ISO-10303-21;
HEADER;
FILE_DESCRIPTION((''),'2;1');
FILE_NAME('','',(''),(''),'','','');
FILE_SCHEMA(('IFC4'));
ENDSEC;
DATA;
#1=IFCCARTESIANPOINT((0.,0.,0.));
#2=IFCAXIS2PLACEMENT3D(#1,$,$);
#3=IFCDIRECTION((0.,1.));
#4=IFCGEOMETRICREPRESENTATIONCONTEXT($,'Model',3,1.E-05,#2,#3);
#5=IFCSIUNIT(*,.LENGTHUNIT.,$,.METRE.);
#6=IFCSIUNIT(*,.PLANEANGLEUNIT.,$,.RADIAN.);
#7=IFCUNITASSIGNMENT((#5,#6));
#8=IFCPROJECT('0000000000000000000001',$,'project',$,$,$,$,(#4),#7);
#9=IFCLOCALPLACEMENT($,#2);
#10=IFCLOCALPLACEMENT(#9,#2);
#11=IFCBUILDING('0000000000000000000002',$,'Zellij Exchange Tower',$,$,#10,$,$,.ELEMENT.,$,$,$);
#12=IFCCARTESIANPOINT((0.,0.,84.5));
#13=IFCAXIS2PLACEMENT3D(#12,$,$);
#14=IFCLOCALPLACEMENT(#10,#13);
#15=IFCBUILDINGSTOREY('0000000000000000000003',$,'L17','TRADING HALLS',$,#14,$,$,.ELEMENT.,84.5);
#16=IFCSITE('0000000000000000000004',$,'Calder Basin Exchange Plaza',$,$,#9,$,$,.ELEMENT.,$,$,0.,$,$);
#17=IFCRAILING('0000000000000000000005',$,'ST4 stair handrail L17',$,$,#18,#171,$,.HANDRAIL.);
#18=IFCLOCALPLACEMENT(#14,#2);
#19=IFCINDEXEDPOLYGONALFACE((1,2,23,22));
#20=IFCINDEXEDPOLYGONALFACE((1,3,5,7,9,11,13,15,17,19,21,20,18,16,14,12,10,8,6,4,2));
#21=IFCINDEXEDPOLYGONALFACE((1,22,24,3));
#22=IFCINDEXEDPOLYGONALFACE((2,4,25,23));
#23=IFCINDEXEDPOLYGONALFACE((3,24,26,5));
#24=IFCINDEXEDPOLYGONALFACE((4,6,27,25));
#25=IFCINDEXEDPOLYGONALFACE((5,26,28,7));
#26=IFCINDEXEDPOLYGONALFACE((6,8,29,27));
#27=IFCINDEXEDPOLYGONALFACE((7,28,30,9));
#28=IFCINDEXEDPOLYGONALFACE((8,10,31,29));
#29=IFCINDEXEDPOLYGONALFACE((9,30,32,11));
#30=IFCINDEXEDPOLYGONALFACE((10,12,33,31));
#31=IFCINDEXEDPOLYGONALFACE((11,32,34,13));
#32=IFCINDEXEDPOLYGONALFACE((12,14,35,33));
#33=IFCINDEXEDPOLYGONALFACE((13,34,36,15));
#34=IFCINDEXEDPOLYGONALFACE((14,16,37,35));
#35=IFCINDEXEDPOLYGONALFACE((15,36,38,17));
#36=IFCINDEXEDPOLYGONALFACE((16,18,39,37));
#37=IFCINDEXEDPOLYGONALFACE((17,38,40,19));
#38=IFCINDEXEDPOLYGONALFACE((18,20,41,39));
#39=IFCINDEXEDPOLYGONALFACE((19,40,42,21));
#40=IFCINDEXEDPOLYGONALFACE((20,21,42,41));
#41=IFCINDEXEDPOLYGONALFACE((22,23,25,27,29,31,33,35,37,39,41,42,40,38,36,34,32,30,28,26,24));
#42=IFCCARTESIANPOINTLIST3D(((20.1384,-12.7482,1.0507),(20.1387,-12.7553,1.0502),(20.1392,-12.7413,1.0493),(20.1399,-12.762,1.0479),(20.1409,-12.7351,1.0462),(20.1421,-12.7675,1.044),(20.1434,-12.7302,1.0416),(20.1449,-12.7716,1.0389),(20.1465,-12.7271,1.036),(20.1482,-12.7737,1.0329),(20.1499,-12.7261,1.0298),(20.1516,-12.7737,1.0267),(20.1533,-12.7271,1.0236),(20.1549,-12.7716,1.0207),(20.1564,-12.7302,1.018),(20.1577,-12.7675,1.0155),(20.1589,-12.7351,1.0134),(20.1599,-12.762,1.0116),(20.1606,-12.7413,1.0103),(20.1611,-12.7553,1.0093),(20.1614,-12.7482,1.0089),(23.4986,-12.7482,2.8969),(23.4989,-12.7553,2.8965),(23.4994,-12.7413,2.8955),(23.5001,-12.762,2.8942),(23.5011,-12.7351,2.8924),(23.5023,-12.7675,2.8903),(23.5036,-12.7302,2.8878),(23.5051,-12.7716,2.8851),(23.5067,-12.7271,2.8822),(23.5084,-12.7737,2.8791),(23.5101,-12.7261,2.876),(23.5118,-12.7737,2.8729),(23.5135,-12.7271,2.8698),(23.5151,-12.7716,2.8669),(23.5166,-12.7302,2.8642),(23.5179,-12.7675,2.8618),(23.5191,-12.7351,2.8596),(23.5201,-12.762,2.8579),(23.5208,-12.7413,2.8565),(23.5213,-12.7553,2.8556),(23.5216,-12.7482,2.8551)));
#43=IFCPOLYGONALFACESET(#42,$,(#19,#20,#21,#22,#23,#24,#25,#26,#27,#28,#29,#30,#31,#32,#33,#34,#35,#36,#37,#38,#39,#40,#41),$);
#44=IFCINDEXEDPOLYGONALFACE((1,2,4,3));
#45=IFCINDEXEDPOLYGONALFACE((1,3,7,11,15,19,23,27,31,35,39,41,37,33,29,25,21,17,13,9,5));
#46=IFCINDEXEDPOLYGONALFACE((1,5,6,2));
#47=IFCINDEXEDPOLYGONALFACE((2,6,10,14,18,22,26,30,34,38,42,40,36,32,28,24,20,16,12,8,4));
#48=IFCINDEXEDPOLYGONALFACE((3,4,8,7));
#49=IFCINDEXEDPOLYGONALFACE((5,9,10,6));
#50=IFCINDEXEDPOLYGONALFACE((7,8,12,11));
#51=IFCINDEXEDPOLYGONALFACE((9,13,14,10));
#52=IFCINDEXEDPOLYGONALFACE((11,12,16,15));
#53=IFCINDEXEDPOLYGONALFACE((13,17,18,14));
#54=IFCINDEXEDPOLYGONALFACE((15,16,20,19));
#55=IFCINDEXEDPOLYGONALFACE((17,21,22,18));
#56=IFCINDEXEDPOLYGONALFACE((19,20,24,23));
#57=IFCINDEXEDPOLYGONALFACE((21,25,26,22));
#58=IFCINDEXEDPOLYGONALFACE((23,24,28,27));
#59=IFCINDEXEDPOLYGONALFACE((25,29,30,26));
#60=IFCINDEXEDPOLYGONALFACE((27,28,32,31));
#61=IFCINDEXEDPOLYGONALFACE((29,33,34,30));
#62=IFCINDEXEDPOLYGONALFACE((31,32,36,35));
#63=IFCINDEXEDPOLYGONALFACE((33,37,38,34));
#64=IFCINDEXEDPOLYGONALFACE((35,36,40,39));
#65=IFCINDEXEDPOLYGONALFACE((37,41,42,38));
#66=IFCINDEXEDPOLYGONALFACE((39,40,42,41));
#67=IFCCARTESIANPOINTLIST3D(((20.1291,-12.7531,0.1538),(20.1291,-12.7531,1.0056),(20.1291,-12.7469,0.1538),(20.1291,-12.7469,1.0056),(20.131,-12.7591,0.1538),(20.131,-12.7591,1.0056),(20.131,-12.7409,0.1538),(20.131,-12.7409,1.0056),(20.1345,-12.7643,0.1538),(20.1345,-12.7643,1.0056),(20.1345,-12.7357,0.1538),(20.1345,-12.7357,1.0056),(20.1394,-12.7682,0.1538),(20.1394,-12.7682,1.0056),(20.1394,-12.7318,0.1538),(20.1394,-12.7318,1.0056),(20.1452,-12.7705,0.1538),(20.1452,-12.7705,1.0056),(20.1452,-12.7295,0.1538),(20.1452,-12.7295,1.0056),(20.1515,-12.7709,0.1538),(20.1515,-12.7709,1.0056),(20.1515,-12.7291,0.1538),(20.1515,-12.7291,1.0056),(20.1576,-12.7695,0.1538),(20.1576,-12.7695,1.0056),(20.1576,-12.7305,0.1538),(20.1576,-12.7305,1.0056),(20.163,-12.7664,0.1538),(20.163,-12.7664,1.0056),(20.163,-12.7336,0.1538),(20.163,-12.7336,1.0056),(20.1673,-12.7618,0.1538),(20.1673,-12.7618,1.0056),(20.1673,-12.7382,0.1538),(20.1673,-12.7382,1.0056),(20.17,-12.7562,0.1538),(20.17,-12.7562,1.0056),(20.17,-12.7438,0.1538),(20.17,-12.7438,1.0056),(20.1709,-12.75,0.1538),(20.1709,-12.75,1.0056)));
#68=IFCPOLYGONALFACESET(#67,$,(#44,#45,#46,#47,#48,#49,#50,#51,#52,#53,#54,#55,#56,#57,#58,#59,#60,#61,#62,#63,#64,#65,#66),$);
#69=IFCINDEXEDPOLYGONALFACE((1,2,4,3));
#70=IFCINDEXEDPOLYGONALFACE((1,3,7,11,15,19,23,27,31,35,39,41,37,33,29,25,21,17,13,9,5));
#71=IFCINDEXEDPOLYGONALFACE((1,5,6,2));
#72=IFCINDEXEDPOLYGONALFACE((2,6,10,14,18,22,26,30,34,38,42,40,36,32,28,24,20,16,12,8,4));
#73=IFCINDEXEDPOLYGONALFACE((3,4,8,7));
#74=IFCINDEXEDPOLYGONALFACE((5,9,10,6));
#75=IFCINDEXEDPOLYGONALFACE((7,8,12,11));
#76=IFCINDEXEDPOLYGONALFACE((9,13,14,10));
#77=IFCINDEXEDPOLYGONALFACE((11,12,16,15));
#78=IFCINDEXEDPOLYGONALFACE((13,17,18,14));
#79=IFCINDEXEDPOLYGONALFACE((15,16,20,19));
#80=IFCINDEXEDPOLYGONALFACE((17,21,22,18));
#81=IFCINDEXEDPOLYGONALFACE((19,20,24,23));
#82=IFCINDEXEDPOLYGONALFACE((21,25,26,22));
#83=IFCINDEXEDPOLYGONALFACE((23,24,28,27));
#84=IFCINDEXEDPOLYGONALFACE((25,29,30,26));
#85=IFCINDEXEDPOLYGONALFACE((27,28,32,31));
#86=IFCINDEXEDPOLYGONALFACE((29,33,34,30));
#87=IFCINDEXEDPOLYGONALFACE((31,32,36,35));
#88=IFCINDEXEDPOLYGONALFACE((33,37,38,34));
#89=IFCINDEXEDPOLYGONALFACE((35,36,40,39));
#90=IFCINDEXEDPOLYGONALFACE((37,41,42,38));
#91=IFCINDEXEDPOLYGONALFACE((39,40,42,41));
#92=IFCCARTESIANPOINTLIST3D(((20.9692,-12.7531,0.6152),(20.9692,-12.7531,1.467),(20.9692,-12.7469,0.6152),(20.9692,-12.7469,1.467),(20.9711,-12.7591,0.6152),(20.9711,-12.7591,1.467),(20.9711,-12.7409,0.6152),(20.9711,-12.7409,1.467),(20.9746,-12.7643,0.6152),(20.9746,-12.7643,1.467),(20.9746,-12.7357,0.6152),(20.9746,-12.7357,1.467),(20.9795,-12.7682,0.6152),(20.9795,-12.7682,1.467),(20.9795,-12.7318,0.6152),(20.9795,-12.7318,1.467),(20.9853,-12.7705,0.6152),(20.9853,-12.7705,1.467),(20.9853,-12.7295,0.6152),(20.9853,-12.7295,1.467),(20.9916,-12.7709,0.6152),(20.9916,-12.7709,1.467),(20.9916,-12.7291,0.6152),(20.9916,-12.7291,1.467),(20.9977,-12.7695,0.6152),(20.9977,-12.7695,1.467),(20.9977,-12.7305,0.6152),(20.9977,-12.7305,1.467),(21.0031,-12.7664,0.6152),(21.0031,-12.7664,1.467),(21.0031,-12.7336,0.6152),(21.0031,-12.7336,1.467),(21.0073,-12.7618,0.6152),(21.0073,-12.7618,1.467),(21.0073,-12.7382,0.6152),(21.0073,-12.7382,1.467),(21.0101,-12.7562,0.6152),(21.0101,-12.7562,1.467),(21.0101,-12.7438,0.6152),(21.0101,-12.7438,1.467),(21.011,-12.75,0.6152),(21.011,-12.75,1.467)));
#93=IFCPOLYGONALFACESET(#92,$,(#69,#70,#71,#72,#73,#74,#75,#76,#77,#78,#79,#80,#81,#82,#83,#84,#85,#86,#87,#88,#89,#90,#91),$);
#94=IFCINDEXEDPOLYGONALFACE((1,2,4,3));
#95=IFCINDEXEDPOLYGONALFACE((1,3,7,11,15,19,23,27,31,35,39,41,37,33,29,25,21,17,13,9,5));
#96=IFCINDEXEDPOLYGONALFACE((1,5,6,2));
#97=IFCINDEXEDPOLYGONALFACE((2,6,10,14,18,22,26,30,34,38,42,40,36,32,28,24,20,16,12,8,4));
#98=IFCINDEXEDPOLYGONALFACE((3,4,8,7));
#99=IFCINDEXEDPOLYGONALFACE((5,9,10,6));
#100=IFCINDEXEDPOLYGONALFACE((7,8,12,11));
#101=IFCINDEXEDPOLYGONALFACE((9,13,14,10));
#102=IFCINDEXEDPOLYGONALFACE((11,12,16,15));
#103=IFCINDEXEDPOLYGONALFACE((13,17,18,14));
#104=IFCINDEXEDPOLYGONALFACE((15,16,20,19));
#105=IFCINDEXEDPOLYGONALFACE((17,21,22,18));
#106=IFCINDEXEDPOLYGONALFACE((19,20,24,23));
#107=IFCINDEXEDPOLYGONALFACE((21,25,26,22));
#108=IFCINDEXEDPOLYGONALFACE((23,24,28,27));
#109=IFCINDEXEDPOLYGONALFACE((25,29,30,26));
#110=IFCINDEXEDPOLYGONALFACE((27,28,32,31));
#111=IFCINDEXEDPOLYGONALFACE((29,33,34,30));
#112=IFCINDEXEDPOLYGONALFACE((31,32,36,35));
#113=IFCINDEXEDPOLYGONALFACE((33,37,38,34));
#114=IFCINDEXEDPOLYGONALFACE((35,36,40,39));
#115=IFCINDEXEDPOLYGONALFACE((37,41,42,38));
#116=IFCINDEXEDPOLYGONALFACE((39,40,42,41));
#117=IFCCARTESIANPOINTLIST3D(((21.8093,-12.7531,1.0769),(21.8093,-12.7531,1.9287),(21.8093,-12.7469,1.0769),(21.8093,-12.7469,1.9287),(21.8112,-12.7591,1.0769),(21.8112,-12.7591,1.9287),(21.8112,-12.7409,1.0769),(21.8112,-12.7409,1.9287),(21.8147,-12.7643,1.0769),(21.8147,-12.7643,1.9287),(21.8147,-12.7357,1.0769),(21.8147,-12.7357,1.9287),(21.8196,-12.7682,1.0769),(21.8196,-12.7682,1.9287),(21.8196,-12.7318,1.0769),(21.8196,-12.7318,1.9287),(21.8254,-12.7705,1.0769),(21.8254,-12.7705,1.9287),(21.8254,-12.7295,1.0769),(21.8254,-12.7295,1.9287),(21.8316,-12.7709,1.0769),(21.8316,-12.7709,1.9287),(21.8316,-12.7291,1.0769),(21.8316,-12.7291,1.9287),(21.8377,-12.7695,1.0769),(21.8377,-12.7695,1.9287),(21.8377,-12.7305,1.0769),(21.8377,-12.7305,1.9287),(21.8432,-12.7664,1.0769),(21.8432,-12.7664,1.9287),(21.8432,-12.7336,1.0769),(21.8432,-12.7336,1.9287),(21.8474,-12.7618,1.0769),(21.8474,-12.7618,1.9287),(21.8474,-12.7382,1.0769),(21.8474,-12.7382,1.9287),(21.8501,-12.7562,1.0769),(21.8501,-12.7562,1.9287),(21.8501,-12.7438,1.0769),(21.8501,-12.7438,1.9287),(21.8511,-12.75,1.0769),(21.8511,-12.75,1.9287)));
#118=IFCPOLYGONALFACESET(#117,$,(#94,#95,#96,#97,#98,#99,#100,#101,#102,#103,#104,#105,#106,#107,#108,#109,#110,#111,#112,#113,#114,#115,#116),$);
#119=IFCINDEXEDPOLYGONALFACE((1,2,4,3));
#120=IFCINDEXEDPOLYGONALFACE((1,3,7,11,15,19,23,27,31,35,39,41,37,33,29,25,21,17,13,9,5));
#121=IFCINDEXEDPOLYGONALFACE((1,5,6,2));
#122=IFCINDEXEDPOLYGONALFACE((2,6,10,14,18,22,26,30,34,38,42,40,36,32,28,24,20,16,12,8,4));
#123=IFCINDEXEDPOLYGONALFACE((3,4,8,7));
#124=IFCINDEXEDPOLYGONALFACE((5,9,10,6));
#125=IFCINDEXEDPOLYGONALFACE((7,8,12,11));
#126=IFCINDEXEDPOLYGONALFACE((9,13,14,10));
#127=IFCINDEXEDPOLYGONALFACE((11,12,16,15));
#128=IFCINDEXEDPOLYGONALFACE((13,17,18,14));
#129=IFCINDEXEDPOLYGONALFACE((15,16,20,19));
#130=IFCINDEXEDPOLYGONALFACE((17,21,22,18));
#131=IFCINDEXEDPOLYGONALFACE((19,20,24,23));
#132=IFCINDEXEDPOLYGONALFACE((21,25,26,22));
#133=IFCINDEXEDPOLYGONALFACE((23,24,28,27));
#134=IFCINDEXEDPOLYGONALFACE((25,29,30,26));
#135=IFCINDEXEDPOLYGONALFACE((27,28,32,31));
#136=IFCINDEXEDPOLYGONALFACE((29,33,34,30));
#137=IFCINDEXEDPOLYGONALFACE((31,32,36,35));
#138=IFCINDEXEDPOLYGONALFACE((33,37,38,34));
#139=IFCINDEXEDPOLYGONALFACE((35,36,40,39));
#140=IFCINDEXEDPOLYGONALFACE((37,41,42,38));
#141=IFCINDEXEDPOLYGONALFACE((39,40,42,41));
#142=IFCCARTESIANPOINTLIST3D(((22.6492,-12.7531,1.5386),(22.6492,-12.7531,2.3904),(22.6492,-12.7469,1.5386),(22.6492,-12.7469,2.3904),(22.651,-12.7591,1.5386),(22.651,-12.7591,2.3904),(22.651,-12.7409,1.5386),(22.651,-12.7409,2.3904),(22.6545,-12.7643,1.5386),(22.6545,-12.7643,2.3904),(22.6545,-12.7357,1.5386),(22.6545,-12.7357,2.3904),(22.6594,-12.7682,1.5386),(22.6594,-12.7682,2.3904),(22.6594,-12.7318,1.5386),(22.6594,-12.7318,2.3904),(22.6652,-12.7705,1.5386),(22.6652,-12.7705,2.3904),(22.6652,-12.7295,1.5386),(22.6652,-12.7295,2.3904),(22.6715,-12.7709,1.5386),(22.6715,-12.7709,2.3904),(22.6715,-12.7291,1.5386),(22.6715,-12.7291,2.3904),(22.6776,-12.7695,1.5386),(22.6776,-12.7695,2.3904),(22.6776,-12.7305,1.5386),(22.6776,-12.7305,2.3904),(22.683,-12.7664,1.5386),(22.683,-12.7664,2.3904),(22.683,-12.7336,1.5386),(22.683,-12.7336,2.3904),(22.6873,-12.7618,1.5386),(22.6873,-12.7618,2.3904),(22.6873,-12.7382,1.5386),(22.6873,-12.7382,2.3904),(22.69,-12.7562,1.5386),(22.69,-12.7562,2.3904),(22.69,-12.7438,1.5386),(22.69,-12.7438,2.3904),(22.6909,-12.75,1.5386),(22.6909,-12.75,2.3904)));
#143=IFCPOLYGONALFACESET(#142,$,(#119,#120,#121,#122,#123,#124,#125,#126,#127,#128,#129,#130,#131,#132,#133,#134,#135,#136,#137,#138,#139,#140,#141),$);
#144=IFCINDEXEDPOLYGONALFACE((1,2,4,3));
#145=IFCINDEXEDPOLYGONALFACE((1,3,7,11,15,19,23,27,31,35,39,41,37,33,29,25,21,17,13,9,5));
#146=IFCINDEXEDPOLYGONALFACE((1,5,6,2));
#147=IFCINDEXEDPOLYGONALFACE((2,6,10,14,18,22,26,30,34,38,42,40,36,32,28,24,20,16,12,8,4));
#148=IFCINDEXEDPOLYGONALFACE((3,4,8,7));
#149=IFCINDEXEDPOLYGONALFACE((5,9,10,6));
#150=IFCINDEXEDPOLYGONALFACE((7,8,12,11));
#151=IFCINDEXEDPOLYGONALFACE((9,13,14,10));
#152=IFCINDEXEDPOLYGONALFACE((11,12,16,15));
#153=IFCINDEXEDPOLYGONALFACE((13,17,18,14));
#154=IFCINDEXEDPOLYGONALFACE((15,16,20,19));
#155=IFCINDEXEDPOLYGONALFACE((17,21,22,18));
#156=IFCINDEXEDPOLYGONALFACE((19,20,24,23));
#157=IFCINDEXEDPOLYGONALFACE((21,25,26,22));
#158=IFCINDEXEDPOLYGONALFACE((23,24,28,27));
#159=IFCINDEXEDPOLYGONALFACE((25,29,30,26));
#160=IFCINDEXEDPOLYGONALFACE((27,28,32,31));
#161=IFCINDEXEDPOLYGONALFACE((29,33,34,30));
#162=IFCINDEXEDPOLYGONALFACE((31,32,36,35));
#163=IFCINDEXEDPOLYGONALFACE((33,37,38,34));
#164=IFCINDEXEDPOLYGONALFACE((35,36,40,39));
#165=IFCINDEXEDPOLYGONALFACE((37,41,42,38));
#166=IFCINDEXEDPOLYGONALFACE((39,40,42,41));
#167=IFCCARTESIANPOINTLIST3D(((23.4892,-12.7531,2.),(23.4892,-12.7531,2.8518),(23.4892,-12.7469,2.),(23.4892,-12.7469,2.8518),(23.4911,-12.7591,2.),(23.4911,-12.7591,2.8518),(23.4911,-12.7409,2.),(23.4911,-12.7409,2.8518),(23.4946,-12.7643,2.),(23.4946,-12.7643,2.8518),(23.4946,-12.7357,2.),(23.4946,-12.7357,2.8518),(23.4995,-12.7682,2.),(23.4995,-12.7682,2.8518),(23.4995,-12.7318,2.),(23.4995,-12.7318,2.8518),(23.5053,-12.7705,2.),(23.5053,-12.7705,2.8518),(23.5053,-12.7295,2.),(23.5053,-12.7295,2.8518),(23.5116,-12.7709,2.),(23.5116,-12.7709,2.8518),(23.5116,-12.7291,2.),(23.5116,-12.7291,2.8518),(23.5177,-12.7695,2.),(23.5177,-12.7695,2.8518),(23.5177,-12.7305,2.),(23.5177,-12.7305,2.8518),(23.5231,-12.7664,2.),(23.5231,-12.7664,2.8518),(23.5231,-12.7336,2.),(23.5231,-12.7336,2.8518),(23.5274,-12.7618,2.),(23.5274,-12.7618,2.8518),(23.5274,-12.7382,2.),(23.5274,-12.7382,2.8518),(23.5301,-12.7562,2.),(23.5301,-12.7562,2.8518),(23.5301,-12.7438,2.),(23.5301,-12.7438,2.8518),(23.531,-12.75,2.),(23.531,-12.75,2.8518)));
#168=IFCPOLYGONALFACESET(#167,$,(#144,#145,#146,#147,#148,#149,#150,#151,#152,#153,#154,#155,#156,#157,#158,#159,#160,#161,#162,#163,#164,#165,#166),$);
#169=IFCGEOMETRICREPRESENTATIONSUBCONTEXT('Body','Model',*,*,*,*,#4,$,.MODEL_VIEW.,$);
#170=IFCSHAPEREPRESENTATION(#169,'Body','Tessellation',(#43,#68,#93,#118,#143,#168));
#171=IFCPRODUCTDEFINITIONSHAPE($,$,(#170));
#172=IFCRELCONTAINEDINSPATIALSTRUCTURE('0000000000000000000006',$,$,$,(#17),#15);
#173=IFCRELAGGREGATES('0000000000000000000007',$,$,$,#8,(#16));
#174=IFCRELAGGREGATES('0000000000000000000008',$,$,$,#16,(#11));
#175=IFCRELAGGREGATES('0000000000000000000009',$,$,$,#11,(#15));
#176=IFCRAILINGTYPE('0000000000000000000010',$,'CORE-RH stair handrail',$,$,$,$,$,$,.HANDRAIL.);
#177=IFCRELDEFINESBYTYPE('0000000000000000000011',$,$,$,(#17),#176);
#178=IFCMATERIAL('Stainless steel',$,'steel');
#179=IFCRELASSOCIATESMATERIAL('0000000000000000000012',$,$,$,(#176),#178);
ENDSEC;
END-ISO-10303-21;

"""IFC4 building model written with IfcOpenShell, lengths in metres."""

from ifc_helpers import new_model, si_unit, direction, frame, origin, origin_2d, place, context, subcontext, project, spatial, circle, extrude, material, type_object, element, save


model = new_model("IFC4")

# Units and contexts
model_context = context("Model", 3, precision=1e-05, world=origin(), true_north=direction((0.0, 1.0)))
body_context = subcontext(model_context, "Body", "Model", "MODEL_VIEW")
ifc_project = project(units=[si_unit("LENGTHUNIT", "METRE"), si_unit("PLANEANGLEUNIT", "RADIAN")], contexts=[model_context])

# Site, building, storey
site_placement = place(None, origin())
site = spatial("IfcSite", under=ifc_project, at=site_placement, Name="Calder Basin Exchange Plaza", CompositionType="ELEMENT", RefElevation=0.0)
building_placement = place(site_placement, origin())
building = spatial("IfcBuilding", under=site, at=building_placement, Name="Zellij Exchange Tower", CompositionType="ELEMENT")
storey_placement = place(building_placement, frame((0.0, 0.0, 84.5)))
storey = spatial("IfcBuildingStorey", under=building, at=storey_placement, Name="L17", Description="TRADING HALLS", CompositionType="ELEMENT", Elevation=84.5)

# Railing
ifc_material_1 = material(Name="Stainless steel", Category="steel")
railing_type_1 = type_object("IfcRailingType", Name="CORE-RH stair handrail", PredefinedType="HANDRAIL", material=ifc_material_1)
railing_1_placement = place(storey_placement, frame((20.1499, -12.75, 0.1538)))
element("IfcRailing", 1, at=railing_1_placement, inside=storey, type_object=railing_type_1, Name="ST4 stair handrail L17", PredefinedType="HANDRAIL", context=body_context, shape_type="SweptSolid", body=[
    extrude(circle(Radius=0.0239, at=origin_2d()), frame((0.0, 0.0, 0.876), z_axis=(0.876422, 0.0, 0.481545), x_axis=(0.0, 1.0, 0.0)), (0.0, 0.0, 1.0), 3.834),
    extrude(circle(Radius=0.021, at=origin_2d()), origin(), (0.0, 0.0, 1.0), 0.8518),
    extrude(circle(Radius=0.021, at=origin_2d()), frame((0.8401, 0.0, 0.4614)), (0.0, 0.0, 1.0), 0.8518),
    extrude(circle(Radius=0.021, at=origin_2d()), frame((1.6802, 0.0, 0.9231)), (0.0, 0.0, 1.0), 0.8518),
    extrude(circle(Radius=0.021, at=origin_2d()), frame((2.52, 0.0, 1.3848)), (0.0, 0.0, 1.0), 0.8518),
    extrude(circle(Radius=0.021, at=origin_2d()), frame((3.3601, 0.0, 1.8462)), (0.0, 0.0, 1.0), 0.8518),
])

save(model, "model.ifc")
